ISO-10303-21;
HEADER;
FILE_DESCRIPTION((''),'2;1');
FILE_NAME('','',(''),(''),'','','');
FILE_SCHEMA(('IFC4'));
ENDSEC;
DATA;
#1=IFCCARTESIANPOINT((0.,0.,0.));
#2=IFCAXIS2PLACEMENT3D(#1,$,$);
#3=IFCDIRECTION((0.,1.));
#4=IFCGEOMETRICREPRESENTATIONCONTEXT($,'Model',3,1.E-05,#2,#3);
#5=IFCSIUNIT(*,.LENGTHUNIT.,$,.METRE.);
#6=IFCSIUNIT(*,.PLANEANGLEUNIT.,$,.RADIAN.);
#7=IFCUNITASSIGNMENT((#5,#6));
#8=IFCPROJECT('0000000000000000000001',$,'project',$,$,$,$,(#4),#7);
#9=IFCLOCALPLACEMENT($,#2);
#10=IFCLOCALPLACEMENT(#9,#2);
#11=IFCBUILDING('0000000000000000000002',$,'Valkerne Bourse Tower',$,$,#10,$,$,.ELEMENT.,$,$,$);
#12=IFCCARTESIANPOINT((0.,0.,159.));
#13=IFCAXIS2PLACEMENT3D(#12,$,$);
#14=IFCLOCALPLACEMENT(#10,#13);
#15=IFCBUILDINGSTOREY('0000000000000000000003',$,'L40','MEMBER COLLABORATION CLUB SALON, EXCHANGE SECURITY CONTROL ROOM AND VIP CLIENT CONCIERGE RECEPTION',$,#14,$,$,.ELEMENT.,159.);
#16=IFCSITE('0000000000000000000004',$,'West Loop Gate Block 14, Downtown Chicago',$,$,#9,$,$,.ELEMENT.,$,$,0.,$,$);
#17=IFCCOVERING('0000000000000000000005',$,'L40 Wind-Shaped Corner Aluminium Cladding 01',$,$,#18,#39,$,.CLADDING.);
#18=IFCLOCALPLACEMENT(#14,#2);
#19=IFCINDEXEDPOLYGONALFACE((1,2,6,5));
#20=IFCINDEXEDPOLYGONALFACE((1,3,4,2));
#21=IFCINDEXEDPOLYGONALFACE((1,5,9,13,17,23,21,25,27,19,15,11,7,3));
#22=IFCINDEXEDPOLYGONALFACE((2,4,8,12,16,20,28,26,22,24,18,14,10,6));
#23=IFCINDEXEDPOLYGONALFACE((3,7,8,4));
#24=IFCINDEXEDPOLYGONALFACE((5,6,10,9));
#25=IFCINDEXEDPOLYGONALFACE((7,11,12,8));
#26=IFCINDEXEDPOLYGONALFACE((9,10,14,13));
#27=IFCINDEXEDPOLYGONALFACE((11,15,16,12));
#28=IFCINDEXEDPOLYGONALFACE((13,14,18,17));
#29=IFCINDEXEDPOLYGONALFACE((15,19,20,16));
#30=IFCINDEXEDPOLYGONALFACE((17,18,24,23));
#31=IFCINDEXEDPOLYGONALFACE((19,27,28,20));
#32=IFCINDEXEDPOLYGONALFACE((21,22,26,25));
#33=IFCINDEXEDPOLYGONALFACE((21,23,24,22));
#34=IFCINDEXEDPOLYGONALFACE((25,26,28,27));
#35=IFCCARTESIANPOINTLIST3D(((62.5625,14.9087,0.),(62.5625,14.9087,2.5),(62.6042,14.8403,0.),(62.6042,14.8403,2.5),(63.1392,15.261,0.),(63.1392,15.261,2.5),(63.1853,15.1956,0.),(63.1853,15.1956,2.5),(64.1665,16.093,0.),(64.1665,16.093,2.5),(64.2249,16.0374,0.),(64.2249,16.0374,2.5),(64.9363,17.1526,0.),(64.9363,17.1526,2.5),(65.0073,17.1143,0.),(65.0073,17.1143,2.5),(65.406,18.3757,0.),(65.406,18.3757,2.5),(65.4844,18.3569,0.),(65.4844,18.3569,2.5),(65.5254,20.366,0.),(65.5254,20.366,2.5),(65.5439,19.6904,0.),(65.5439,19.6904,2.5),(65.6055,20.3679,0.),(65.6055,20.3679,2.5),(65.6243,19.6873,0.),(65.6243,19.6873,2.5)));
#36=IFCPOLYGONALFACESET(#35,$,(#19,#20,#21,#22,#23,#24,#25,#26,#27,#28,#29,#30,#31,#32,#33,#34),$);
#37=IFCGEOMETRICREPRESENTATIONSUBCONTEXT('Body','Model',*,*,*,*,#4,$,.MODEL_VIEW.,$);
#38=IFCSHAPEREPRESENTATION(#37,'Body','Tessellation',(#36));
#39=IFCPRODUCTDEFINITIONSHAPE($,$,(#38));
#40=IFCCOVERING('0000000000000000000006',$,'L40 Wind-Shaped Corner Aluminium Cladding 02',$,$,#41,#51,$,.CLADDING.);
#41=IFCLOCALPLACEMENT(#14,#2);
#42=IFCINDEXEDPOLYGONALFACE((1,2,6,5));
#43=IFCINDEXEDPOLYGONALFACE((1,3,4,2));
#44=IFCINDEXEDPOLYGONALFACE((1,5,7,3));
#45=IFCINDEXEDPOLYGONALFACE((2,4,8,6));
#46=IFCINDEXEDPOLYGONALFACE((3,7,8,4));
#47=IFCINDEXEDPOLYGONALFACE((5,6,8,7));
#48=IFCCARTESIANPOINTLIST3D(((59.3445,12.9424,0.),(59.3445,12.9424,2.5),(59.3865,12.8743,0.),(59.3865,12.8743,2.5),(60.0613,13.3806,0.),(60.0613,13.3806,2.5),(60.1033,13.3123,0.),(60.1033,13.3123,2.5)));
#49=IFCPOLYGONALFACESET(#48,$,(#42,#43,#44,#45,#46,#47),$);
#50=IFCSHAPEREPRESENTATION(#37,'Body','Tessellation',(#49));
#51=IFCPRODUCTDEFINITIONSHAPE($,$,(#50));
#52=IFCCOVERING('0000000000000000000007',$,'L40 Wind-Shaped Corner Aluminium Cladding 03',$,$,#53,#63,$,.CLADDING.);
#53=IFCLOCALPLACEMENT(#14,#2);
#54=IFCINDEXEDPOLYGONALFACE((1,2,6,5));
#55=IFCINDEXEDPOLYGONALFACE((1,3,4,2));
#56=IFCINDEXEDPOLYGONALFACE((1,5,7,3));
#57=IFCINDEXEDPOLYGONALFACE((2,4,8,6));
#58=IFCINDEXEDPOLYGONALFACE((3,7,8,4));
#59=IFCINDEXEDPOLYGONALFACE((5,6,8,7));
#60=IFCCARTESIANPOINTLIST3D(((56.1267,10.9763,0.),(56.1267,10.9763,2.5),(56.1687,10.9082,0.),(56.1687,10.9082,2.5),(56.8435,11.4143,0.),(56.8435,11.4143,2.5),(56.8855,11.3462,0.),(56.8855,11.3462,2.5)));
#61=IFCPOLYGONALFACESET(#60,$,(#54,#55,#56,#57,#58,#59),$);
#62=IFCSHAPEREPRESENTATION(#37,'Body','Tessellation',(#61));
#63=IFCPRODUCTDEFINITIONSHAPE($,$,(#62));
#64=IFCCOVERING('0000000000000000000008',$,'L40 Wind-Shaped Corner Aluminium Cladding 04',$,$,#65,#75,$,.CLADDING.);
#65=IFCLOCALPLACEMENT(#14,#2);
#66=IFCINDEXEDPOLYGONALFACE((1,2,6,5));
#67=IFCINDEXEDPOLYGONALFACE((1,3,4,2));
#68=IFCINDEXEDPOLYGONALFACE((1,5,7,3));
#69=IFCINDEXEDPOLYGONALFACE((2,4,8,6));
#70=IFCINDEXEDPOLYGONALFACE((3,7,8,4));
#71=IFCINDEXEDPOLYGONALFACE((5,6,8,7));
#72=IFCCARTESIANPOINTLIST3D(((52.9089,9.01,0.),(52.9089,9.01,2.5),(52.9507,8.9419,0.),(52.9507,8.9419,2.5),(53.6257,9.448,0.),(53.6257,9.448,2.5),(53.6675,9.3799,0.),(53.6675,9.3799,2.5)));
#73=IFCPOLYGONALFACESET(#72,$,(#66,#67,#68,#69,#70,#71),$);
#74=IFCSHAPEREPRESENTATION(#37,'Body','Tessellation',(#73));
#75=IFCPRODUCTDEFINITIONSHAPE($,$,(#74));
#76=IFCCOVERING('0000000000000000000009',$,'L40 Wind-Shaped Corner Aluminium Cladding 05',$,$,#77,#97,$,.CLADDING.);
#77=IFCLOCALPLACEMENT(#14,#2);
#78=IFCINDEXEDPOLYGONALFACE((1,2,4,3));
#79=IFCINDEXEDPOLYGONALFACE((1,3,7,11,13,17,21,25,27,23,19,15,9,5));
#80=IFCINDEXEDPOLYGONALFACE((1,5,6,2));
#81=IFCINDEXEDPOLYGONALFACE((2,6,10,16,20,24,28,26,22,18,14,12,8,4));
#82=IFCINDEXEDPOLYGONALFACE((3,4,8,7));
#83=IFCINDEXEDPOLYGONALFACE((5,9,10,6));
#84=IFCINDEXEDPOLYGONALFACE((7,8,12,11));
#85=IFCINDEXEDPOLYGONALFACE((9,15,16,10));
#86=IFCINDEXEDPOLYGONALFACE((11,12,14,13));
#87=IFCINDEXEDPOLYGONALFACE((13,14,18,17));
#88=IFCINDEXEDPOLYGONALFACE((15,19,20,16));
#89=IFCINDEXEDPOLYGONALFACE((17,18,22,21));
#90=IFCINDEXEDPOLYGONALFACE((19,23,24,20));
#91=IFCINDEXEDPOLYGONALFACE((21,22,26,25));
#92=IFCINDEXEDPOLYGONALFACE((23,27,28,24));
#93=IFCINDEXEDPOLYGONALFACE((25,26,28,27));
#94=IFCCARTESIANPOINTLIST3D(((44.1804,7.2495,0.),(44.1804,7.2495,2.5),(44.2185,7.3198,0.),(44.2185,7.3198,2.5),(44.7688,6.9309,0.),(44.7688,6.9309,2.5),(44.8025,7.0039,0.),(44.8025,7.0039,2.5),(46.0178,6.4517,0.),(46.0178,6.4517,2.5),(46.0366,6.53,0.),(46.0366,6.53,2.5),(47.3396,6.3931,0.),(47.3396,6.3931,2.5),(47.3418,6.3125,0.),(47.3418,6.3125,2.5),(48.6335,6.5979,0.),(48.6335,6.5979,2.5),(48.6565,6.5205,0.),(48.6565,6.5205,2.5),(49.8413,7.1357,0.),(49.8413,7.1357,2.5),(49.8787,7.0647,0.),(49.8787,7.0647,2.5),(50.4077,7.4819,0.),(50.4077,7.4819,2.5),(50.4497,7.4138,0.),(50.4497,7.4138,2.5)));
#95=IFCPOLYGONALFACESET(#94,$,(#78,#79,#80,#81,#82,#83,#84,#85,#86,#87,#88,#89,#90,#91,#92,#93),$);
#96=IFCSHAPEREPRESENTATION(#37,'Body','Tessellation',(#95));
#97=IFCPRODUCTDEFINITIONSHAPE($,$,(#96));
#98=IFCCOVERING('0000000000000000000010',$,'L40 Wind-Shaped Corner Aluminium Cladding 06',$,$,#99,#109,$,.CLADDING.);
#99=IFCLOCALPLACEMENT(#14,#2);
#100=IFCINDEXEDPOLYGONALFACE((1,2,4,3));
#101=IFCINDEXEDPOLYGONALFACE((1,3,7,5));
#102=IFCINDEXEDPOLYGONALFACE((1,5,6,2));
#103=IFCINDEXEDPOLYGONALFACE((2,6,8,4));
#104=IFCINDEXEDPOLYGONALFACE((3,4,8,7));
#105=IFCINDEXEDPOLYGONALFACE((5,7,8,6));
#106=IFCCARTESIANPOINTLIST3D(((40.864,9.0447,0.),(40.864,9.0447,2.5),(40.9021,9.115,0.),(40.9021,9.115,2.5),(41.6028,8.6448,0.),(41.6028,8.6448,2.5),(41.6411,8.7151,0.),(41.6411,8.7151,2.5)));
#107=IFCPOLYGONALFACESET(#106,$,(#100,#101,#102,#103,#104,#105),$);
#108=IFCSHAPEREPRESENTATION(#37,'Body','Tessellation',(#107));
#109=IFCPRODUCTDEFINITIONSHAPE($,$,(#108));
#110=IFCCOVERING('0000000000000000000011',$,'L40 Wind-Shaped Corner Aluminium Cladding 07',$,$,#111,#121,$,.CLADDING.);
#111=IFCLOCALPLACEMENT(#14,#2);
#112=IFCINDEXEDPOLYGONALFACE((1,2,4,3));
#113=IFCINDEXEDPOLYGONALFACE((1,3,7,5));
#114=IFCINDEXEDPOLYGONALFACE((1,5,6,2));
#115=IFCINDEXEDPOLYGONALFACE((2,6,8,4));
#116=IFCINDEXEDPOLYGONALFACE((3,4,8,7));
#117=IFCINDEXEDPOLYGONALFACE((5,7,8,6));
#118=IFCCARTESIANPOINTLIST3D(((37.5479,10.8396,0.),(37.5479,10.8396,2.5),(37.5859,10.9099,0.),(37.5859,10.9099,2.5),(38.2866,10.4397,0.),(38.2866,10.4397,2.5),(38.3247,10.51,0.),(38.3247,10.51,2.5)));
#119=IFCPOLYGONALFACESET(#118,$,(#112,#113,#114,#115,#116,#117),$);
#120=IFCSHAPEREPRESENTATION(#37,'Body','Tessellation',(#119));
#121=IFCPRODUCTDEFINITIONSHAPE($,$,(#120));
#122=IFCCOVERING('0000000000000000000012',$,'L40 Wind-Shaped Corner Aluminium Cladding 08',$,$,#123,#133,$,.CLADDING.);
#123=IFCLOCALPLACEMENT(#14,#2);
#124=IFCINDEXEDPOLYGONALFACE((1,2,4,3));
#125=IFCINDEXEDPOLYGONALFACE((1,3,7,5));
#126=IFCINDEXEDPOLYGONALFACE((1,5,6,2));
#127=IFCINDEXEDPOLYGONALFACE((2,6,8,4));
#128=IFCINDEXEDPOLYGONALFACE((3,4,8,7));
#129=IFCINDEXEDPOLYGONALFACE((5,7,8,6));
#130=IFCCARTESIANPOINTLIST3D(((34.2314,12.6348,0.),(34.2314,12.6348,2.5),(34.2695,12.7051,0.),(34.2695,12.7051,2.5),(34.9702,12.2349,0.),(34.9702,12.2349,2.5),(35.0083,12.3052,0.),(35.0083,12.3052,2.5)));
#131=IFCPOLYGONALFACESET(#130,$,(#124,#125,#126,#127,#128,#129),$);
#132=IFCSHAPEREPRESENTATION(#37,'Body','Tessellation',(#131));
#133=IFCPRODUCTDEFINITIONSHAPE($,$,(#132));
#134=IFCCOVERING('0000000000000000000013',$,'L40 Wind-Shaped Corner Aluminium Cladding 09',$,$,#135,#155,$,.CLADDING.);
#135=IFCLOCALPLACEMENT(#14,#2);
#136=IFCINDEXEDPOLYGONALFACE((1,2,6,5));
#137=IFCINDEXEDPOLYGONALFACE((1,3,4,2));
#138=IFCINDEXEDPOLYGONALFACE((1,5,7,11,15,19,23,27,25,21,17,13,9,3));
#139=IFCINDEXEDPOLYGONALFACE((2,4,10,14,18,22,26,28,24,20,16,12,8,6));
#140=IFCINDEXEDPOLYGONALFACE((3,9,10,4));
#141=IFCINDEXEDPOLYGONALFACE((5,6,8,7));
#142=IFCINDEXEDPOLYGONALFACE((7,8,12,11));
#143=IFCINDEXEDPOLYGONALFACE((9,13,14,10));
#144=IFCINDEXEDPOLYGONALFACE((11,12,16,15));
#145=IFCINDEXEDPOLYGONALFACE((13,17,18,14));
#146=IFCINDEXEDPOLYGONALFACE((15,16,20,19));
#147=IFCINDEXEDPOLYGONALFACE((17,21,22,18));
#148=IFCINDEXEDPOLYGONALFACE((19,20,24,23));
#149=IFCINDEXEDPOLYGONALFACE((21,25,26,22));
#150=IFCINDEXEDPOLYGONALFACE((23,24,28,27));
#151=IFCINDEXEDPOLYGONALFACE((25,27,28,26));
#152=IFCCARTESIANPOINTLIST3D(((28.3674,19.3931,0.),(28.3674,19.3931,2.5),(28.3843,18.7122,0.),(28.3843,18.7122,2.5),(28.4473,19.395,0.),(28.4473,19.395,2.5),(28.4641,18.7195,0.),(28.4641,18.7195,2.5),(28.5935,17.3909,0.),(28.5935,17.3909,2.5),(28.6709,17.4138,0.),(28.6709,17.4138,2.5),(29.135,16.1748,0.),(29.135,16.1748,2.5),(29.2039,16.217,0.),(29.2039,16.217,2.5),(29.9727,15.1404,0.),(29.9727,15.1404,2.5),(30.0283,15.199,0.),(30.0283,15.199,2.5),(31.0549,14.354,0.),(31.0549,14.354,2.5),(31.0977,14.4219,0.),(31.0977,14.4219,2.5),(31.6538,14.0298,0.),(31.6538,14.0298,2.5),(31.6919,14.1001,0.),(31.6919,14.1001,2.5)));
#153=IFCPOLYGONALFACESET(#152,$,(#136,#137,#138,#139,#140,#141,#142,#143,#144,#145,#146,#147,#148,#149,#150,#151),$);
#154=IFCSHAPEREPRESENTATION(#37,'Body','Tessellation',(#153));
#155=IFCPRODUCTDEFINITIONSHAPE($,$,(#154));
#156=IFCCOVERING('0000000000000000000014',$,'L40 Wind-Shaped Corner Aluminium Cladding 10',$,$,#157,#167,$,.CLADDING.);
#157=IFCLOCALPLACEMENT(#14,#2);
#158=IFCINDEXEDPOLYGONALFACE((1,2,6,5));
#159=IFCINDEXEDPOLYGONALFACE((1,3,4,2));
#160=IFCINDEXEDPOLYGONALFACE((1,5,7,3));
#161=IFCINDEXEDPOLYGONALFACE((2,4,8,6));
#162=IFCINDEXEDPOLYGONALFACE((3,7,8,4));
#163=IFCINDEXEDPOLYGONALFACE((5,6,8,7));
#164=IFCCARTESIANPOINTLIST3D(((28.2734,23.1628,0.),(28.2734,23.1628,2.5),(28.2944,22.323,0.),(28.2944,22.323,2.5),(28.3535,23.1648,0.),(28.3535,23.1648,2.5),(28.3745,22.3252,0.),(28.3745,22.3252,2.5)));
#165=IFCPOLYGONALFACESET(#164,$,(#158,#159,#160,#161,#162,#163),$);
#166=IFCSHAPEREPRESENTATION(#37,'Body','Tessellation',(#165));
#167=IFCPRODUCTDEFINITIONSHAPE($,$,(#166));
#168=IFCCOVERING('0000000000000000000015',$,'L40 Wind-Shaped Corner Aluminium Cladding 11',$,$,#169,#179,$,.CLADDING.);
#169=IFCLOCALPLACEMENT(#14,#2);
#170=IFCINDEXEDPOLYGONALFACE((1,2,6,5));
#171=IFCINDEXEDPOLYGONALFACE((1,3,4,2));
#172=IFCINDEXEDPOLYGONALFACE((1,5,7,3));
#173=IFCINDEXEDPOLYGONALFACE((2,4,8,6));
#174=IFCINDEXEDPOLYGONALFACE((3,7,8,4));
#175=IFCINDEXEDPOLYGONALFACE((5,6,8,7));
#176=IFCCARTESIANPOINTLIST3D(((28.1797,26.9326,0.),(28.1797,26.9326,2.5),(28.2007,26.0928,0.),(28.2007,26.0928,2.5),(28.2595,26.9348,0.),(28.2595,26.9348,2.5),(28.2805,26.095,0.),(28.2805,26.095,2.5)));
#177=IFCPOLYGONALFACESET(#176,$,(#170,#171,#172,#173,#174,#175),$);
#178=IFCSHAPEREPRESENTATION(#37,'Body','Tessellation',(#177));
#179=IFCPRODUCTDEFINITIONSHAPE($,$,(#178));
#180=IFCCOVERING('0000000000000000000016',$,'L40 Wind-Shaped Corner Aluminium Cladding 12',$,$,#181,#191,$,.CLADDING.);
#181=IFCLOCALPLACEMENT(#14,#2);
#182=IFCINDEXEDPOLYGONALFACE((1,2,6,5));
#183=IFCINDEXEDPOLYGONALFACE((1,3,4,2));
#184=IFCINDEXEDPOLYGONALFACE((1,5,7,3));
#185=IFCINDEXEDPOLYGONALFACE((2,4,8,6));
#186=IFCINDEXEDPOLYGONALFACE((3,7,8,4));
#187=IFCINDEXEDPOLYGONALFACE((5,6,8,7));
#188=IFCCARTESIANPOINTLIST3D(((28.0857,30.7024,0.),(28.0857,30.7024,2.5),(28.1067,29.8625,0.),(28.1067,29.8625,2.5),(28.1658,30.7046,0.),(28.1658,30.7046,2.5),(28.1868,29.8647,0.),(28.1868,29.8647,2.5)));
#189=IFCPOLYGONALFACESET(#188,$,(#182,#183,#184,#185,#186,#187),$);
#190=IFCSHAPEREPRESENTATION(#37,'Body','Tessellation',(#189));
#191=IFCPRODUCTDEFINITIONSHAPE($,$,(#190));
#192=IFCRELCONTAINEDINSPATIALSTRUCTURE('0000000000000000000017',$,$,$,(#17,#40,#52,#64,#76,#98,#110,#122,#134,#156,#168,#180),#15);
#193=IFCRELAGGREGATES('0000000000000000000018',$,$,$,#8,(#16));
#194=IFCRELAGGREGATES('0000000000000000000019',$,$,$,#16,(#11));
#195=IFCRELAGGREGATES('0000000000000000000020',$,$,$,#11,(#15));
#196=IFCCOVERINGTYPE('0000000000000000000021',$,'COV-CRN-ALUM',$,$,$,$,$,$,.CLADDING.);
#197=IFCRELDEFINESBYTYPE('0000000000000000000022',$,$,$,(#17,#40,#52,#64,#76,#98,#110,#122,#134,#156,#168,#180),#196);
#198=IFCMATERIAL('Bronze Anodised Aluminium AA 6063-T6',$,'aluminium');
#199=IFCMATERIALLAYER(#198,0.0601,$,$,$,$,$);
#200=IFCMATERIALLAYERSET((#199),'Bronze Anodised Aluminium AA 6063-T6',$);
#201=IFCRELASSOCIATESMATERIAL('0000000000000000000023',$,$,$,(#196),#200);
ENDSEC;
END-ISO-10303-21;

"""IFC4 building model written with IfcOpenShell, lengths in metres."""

from ifc_helpers import new_model, si_unit, direction, frame, origin, place, context, subcontext, project, spatial, polyline, outline, extrude, material, layer, layer_set, type_object, element, save


model = new_model("IFC4")

# Units and contexts
model_context = context("Model", 3, precision=1e-05, world=origin(), true_north=direction((0.0, 1.0)))
body_context = subcontext(model_context, "Body", "Model", "MODEL_VIEW")
ifc_project = project(units=[si_unit("LENGTHUNIT", "METRE"), si_unit("PLANEANGLEUNIT", "RADIAN")], contexts=[model_context])

# Site, building, storey
site_placement = place(None, origin())
site = spatial("IfcSite", under=ifc_project, at=site_placement, Name="West Loop Gate Block 14, Downtown Chicago", CompositionType="ELEMENT", RefElevation=0.0)
building_placement = place(site_placement, origin())
building = spatial("IfcBuilding", under=site, at=building_placement, Name="Valkerne Bourse Tower", CompositionType="ELEMENT")
storey_placement = place(building_placement, frame((0.0, 0.0, 159.0)))
storey = spatial("IfcBuildingStorey", under=building, at=storey_placement, Name="L40", Description="MEMBER COLLABORATION CLUB SALON, EXCHANGE SECURITY CONTROL ROOM AND VIP CLIENT CONCIERGE RECEPTION", CompositionType="ELEMENT", Elevation=159.0)

# Coverings
ifc_material_1 = material(Name="Bronze Anodised Aluminium AA 6063-T6", Category="aluminium")
ifc_layer_1 = layer(ifc_material_1, 0.0601)
ifc_layer_set_1 = layer_set([ifc_layer_1], Name="Bronze Anodised Aluminium AA 6063-T6")
covering_type = type_object("IfcCoveringType", Name="COV-CRN-ALUM", PredefinedType="CLADDING", material=ifc_layer_set_1)
covering_1_placement = place(storey_placement, origin())
element("IfcCovering", 1, at=covering_1_placement, inside=storey, type_object=covering_type, Name="L40 Wind-Shaped Corner Aluminium Cladding 01", PredefinedType="CLADDING", context=body_context, shape_type="SweptSolid", body=[
    extrude(outline(polyline([(65.4844, 18.3569), (65.0073, 17.1143), (64.2249, 16.0374), (63.1853, 15.1956), (62.6042, 14.8403), (62.5625, 14.9087), (63.1392, 15.261), (64.1665, 16.093), (64.9363, 17.1526), (65.406, 18.3757), (65.5439, 19.6904), (65.5254, 20.366), (65.6055, 20.3679), (65.6243, 19.6873), (65.4844, 18.3569)])), origin(), (0.0, 0.0, 1.0), 2.5),
])
covering_2_placement = place(storey_placement, origin())
element("IfcCovering", 2, at=covering_2_placement, inside=storey, type_object=covering_type, Name="L40 Wind-Shaped Corner Aluminium Cladding 02", PredefinedType="CLADDING", context=body_context, shape_type="SweptSolid", body=[
    extrude(outline(polyline([(59.3865, 12.8743), (59.3445, 12.9424), (60.0613, 13.3806), (60.1033, 13.3123), (59.3865, 12.8743)])), origin(), (0.0, 0.0, 1.0), 2.5),
])
covering_3_placement = place(storey_placement, origin())
element("IfcCovering", 3, at=covering_3_placement, inside=storey, type_object=covering_type, Name="L40 Wind-Shaped Corner Aluminium Cladding 03", PredefinedType="CLADDING", context=body_context, shape_type="SweptSolid", body=[
    extrude(outline(polyline([(56.1687, 10.9082), (56.1267, 10.9763), (56.8435, 11.4143), (56.8855, 11.3462), (56.1687, 10.9082)])), origin(), (0.0, 0.0, 1.0), 2.5),
])
covering_4_placement = place(storey_placement, origin())
element("IfcCovering", 4, at=covering_4_placement, inside=storey, type_object=covering_type, Name="L40 Wind-Shaped Corner Aluminium Cladding 04", PredefinedType="CLADDING", context=body_context, shape_type="SweptSolid", body=[
    extrude(outline(polyline([(52.9507, 8.9419), (52.9089, 9.01), (53.6257, 9.448), (53.6675, 9.3799), (52.9507, 8.9419)])), origin(), (0.0, 0.0, 1.0), 2.5),
])
covering_5_placement = place(storey_placement, origin())
element("IfcCovering", 5, at=covering_5_placement, inside=storey, type_object=covering_type, Name="L40 Wind-Shaped Corner Aluminium Cladding 05", PredefinedType="CLADDING", context=body_context, shape_type="SweptSolid", body=[
    extrude(outline(polyline([(49.8787, 7.0647), (48.6565, 6.5205), (47.3418, 6.3125), (46.0178, 6.4517), (44.7688, 6.9309), (44.1804, 7.2495), (44.2185, 7.3198), (44.8025, 7.0039), (46.0366, 6.53), (47.3396, 6.3931), (48.6335, 6.5979), (49.8413, 7.1357), (50.4077, 7.4819), (50.4497, 7.4138), (49.8787, 7.0647)])), origin(), (0.0, 0.0, 1.0), 2.5),
])
covering_6_placement = place(storey_placement, origin())
element("IfcCovering", 6, at=covering_6_placement, inside=storey, type_object=covering_type, Name="L40 Wind-Shaped Corner Aluminium Cladding 06", PredefinedType="CLADDING", context=body_context, shape_type="SweptSolid", body=[
    extrude(outline(polyline([(40.864, 9.0447), (40.9021, 9.115), (41.6411, 8.7151), (41.6028, 8.6448), (40.864, 9.0447)])), origin(), (0.0, 0.0, 1.0), 2.5),
])
covering_7_placement = place(storey_placement, origin())
element("IfcCovering", 7, at=covering_7_placement, inside=storey, type_object=covering_type, Name="L40 Wind-Shaped Corner Aluminium Cladding 07", PredefinedType="CLADDING", context=body_context, shape_type="SweptSolid", body=[
    extrude(outline(polyline([(37.5479, 10.8396), (37.5859, 10.9099), (38.3247, 10.51), (38.2866, 10.4397), (37.5479, 10.8396)])), origin(), (0.0, 0.0, 1.0), 2.5),
])
covering_8_placement = place(storey_placement, origin())
element("IfcCovering", 8, at=covering_8_placement, inside=storey, type_object=covering_type, Name="L40 Wind-Shaped Corner Aluminium Cladding 08", PredefinedType="CLADDING", context=body_context, shape_type="SweptSolid", body=[
    extrude(outline(polyline([(34.2314, 12.6348), (34.2695, 12.7051), (35.0083, 12.3052), (34.9702, 12.2349), (34.2314, 12.6348)])), origin(), (0.0, 0.0, 1.0), 2.5),
])
covering_9_placement = place(storey_placement, origin())
element("IfcCovering", 9, at=covering_9_placement, inside=storey, type_object=covering_type, Name="L40 Wind-Shaped Corner Aluminium Cladding 09", PredefinedType="CLADDING", context=body_context, shape_type="SweptSolid", body=[
    extrude(outline(polyline([(31.0549, 14.354), (29.9727, 15.1404), (29.135, 16.1748), (28.5935, 17.3909), (28.3843, 18.7122), (28.3674, 19.3931), (28.4473, 19.395), (28.4641, 18.7195), (28.6709, 17.4138), (29.2039, 16.217), (30.0283, 15.199), (31.0977, 14.4219), (31.6919, 14.1001), (31.6538, 14.0298), (31.0549, 14.354)])), origin(), (0.0, 0.0, 1.0), 2.5),
])
covering_10_placement = place(storey_placement, origin())
element("IfcCovering", 10, at=covering_10_placement, inside=storey, type_object=covering_type, Name="L40 Wind-Shaped Corner Aluminium Cladding 10", PredefinedType="CLADDING", context=body_context, shape_type="SweptSolid", body=[
    extrude(outline(polyline([(28.2734, 23.1628), (28.3535, 23.1648), (28.3745, 22.3252), (28.2944, 22.323), (28.2734, 23.1628)])), origin(), (0.0, 0.0, 1.0), 2.5),
])
covering_11_placement = place(storey_placement, origin())
element("IfcCovering", 11, at=covering_11_placement, inside=storey, type_object=covering_type, Name="L40 Wind-Shaped Corner Aluminium Cladding 11", PredefinedType="CLADDING", context=body_context, shape_type="SweptSolid", body=[
    extrude(outline(polyline([(28.1797, 26.9326), (28.2595, 26.9348), (28.2805, 26.095), (28.2007, 26.0928), (28.1797, 26.9326)])), origin(), (0.0, 0.0, 1.0), 2.5),
])
covering_12_placement = place(storey_placement, origin())
element("IfcCovering", 12, at=covering_12_placement, inside=storey, type_object=covering_type, Name="L40 Wind-Shaped Corner Aluminium Cladding 12", PredefinedType="CLADDING", context=body_context, shape_type="SweptSolid", body=[
    extrude(outline(polyline([(28.0857, 30.7024), (28.1658, 30.7046), (28.1868, 29.8647), (28.1067, 29.8625), (28.0857, 30.7024)])), origin(), (0.0, 0.0, 1.0), 2.5),
])

save(model, "model.ifc")
